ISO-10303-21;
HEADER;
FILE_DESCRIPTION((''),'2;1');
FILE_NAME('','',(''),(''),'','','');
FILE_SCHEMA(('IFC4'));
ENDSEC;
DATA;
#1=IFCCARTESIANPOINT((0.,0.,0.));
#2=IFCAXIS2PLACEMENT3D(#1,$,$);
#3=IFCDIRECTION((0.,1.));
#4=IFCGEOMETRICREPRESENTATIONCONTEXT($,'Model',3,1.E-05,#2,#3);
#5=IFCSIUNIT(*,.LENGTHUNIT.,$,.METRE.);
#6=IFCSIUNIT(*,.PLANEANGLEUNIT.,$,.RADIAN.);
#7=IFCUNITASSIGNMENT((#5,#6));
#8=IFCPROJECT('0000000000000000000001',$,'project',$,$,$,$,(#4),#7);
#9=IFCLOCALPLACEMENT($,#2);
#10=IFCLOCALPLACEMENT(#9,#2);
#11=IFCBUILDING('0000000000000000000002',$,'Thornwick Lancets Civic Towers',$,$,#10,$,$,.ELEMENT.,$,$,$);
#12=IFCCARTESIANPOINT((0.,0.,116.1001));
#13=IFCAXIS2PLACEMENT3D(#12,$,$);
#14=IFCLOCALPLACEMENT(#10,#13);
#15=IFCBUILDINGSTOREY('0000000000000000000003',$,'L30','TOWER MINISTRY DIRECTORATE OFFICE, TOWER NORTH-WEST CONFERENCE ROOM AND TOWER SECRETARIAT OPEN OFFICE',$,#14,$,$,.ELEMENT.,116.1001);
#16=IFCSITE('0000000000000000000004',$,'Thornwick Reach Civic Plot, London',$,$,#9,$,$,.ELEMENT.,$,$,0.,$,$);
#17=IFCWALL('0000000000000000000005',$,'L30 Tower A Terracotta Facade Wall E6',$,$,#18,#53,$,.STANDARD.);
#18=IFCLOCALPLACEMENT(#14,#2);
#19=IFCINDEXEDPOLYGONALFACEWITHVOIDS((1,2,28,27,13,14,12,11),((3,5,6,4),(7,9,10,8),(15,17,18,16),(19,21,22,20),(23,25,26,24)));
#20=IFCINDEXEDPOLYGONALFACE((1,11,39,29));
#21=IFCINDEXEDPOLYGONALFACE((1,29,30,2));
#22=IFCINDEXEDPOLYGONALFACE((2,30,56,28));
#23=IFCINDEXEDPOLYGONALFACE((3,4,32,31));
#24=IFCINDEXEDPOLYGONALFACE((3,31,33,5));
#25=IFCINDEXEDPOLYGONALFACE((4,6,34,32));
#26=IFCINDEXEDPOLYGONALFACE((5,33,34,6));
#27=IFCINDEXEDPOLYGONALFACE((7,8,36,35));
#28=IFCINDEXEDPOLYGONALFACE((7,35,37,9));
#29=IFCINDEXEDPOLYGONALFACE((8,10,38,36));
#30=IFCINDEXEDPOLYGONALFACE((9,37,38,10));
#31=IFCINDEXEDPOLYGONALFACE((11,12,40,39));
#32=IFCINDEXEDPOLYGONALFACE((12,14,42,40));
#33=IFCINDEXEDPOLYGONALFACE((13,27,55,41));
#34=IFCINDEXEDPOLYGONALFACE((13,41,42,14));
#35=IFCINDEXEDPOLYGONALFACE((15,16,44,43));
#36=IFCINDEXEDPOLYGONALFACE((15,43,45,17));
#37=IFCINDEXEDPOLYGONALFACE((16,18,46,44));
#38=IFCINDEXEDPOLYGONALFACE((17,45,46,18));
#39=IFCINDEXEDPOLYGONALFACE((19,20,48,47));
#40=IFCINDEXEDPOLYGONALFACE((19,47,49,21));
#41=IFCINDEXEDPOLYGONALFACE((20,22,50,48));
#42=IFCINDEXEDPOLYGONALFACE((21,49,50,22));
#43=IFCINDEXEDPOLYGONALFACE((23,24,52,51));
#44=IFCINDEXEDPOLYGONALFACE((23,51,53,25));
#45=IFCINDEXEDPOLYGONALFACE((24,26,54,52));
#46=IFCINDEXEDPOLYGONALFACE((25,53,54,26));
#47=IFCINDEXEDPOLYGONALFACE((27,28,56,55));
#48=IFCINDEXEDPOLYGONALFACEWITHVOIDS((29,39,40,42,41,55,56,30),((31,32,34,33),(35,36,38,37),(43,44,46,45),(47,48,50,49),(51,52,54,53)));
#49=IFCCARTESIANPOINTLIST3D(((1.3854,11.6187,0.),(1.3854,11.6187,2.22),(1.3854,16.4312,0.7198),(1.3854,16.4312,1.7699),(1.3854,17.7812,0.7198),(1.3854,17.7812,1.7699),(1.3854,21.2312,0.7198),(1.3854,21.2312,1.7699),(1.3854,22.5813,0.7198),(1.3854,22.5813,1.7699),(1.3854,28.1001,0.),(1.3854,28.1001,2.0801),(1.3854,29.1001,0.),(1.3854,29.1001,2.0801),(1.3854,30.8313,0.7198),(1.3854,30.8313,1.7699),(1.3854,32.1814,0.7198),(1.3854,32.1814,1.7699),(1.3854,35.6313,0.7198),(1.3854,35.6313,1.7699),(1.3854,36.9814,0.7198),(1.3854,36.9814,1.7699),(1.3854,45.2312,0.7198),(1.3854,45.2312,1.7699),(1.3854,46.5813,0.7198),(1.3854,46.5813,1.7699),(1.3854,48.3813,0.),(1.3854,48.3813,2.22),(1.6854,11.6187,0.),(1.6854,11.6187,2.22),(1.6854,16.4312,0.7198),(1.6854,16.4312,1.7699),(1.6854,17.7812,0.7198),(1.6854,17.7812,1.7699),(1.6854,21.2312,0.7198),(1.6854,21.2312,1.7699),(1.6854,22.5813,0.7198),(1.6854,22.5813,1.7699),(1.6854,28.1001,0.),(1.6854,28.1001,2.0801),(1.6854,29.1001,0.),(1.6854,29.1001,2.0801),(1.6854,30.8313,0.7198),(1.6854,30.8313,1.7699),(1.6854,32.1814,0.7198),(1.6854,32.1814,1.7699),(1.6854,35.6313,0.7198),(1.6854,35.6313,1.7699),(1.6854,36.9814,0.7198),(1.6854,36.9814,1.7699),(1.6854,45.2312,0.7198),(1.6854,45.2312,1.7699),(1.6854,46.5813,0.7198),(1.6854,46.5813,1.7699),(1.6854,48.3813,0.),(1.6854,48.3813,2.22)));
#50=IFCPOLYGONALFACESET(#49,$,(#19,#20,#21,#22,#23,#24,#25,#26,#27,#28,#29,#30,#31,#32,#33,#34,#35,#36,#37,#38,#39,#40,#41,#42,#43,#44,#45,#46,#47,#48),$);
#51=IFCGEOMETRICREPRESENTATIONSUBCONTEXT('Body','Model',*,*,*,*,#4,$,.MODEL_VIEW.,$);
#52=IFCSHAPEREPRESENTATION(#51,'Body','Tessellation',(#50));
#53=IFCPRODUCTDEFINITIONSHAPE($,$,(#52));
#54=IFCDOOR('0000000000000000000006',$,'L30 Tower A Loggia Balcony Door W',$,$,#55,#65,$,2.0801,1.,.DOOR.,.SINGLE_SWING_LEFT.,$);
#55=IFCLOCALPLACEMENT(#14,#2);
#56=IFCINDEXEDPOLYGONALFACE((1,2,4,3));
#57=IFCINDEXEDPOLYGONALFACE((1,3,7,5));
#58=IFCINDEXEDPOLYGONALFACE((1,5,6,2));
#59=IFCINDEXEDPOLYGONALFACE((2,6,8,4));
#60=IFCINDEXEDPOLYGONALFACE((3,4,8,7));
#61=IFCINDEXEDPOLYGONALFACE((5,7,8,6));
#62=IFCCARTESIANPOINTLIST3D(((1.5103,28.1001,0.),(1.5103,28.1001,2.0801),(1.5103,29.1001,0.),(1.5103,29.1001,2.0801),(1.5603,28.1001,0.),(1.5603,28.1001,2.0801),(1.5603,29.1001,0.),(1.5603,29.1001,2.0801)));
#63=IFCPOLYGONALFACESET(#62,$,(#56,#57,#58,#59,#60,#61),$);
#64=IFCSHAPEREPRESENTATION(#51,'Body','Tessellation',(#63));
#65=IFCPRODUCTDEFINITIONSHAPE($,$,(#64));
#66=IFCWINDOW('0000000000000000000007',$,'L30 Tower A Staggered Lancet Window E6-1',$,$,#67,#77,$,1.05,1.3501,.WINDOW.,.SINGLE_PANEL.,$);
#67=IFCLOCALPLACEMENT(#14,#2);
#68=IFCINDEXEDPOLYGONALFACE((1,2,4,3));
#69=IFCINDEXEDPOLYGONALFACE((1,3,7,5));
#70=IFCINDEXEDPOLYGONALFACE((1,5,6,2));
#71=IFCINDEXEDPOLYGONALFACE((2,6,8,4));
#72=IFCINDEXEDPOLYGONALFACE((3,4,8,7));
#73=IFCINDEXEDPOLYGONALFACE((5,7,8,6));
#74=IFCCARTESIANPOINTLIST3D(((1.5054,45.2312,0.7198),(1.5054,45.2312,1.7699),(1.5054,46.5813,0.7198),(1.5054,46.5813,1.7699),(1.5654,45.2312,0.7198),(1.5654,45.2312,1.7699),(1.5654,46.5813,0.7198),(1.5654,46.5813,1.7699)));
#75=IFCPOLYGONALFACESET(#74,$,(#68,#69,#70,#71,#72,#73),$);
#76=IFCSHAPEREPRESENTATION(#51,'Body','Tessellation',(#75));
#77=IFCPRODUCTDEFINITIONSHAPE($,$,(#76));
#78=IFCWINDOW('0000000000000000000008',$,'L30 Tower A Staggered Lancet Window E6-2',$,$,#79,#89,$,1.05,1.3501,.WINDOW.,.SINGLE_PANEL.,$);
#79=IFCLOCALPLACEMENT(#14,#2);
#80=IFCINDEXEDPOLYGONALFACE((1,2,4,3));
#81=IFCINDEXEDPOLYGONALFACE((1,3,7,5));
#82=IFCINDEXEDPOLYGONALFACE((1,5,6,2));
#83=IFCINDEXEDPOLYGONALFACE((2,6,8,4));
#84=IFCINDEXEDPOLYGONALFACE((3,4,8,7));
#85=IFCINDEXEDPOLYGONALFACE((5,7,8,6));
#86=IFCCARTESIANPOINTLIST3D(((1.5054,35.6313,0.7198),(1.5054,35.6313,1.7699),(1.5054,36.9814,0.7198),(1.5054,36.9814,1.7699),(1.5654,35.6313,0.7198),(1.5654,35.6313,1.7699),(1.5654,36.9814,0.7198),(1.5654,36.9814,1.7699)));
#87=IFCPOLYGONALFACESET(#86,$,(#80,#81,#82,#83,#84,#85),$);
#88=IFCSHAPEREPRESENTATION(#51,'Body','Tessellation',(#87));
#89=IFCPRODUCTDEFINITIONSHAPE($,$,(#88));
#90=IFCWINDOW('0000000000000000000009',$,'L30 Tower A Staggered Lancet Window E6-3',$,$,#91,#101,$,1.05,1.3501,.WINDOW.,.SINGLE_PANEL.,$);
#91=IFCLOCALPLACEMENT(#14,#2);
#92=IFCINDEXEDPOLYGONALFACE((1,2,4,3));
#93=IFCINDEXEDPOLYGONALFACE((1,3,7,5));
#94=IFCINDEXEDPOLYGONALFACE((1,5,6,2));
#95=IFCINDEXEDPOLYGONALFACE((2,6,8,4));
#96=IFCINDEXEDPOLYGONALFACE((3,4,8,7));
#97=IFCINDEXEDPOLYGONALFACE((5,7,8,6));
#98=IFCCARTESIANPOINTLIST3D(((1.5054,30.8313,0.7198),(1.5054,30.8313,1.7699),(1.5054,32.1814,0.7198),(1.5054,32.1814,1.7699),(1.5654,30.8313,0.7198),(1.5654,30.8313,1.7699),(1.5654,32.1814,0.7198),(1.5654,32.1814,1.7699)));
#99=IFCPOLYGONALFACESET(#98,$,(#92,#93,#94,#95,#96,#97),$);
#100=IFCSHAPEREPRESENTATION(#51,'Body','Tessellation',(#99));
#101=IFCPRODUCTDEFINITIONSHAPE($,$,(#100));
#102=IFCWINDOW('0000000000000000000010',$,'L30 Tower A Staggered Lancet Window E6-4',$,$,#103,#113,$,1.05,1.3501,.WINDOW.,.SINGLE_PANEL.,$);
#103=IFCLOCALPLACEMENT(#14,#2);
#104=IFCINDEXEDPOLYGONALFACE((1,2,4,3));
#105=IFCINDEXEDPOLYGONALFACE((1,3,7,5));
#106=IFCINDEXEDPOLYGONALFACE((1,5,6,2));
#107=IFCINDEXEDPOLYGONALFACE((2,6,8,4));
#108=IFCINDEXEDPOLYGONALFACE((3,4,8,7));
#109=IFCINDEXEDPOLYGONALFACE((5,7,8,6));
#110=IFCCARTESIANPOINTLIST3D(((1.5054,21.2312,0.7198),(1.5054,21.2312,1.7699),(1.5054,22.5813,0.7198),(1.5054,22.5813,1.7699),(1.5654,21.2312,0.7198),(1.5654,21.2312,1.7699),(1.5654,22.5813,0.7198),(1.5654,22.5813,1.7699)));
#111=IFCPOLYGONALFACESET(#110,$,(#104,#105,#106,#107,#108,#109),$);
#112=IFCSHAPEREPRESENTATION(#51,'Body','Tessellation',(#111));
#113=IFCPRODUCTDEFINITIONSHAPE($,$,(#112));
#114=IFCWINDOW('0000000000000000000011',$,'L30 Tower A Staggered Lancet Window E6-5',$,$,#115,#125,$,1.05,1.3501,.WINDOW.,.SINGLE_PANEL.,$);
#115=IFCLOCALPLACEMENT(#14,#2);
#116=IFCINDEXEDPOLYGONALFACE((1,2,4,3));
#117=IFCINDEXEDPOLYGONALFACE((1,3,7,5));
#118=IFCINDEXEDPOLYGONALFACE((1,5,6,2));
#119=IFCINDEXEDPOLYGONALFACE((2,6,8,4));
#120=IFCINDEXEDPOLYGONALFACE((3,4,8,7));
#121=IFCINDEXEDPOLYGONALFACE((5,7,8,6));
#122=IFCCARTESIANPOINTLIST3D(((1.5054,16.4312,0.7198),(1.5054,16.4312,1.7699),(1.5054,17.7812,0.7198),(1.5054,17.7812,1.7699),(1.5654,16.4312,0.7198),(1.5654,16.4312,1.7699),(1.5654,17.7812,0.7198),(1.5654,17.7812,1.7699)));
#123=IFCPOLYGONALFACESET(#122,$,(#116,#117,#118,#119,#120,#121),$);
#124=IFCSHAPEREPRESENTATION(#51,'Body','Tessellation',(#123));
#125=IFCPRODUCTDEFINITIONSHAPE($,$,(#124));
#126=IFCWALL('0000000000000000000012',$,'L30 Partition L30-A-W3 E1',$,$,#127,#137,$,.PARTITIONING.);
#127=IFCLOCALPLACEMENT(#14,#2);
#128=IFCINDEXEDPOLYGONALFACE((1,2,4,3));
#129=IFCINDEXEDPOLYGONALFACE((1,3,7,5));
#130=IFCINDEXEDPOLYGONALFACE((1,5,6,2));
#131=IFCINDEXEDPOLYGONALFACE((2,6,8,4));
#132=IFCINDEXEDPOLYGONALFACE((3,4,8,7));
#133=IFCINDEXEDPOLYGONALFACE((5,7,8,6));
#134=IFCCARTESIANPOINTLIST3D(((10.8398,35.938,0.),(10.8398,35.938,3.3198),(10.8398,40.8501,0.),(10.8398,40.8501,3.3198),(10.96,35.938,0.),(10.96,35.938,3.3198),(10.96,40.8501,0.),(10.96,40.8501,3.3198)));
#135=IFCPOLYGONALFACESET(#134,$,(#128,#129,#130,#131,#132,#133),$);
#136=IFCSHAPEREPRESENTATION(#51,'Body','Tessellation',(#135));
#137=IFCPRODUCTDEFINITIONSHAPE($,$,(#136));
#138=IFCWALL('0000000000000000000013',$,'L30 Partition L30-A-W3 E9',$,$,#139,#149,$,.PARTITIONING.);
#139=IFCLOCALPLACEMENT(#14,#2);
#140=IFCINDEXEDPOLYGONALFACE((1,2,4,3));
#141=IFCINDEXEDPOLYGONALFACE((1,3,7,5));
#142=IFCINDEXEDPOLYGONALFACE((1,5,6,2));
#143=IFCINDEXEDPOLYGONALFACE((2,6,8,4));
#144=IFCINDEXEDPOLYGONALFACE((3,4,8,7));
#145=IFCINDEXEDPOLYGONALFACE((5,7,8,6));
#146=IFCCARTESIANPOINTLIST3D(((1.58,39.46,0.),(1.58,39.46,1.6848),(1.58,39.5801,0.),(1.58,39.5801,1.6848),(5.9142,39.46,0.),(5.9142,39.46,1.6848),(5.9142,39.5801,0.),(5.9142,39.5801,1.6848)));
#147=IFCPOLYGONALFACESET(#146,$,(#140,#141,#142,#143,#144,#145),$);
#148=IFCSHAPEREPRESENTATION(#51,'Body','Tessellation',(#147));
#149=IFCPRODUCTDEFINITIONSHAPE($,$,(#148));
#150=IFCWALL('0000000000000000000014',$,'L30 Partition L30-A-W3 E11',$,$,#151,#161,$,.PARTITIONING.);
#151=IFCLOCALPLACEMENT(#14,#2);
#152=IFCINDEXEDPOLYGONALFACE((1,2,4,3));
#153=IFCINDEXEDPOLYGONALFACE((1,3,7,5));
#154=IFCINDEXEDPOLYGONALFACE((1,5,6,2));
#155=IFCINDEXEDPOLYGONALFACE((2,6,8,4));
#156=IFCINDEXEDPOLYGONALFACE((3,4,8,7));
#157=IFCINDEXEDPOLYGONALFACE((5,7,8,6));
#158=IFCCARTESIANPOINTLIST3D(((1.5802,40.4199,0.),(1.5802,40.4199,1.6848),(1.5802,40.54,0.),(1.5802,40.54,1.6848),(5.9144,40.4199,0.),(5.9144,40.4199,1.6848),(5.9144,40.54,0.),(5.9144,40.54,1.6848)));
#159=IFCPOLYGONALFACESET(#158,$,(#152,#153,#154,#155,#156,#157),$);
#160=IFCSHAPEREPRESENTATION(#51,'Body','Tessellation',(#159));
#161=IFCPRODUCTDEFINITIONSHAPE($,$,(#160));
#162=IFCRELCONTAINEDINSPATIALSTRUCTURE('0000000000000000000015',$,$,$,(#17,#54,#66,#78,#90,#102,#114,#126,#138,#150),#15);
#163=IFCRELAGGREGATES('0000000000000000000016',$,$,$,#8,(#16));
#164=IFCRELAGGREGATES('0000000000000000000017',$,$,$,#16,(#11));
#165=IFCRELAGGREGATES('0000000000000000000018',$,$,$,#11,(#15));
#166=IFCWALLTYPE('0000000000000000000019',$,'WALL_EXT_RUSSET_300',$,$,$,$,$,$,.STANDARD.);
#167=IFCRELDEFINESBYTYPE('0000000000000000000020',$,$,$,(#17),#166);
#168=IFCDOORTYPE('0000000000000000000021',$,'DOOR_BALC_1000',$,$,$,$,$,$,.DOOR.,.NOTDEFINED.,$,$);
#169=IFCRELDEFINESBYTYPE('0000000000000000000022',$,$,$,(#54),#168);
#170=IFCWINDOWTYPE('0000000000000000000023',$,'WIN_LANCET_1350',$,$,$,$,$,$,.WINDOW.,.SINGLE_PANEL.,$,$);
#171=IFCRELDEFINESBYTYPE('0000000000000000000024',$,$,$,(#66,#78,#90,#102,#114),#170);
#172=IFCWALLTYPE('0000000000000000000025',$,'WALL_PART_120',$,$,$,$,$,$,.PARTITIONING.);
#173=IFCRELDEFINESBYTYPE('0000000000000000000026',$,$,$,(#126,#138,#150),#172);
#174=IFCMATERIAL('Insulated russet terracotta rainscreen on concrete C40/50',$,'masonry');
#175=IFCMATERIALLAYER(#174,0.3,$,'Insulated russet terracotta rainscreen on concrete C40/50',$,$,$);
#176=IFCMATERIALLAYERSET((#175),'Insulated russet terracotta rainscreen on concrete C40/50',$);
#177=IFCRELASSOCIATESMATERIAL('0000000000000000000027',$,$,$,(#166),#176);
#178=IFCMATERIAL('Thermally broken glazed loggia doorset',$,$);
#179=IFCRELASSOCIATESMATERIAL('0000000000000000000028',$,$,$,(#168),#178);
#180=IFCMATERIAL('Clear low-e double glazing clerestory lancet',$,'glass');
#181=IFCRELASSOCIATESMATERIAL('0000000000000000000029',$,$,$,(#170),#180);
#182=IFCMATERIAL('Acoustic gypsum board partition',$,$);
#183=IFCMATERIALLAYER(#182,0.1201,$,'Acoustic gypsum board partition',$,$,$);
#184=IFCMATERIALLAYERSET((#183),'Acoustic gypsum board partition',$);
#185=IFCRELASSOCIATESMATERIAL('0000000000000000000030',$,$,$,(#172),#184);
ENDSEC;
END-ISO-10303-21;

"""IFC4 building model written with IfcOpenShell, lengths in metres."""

from ifc_helpers import new_model, si_unit, direction, frame, frame_2d, origin, place, context, subcontext, project, spatial, rectangle, extrude, material, layer, layer_set, type_object, element, fill, save


model = new_model("IFC4")

# Units and contexts
model_context = context("Model", 3, precision=1e-05, world=origin(), true_north=direction((0.0, 1.0)))
body_context = subcontext(model_context, "Body", "Model", "MODEL_VIEW")
ifc_project = project(units=[si_unit("LENGTHUNIT", "METRE"), si_unit("PLANEANGLEUNIT", "RADIAN")], contexts=[model_context])

# Site, building, storey
site_placement = place(None, origin())
site = spatial("IfcSite", under=ifc_project, at=site_placement, Name="Thornwick Reach Civic Plot, London", CompositionType="ELEMENT", RefElevation=0.0)
building_placement = place(site_placement, origin())
building = spatial("IfcBuilding", under=site, at=building_placement, Name="Thornwick Lancets Civic Towers", CompositionType="ELEMENT")
storey_placement = place(building_placement, frame((0.0, 0.0, 116.1001)))
storey = spatial("IfcBuildingStorey", under=building, at=storey_placement, Name="L30", Description="TOWER MINISTRY DIRECTORATE OFFICE, TOWER NORTH-WEST CONFERENCE ROOM AND TOWER SECRETARIAT OPEN OFFICE", CompositionType="ELEMENT", Elevation=116.1001)

# Wall, openings, door, windows
ifc_material_1 = material(Name="Insulated russet terracotta rainscreen on concrete C40/50", Category="masonry")
ifc_layer_1 = layer(ifc_material_1, 0.3, Name="Insulated russet terracotta rainscreen on concrete C40/50")
ifc_layer_set_1 = layer_set([ifc_layer_1], Name="Insulated russet terracotta rainscreen on concrete C40/50")
wall_type_1 = type_object("IfcWallType", Name="WALL_EXT_RUSSET_300", PredefinedType="STANDARD", material=ifc_layer_set_1)
wall_1_placement = place(storey_placement, frame((1.5354, 48.3813, 0.0), z_axis=(0.0, 0.0, 1.0), x_axis=(0.0, -1.0, 0.0)))
wall_1 = element("IfcWall", 1, at=wall_1_placement, inside=storey, type_object=wall_type_1, Name="L30 Tower A Terracotta Facade Wall E6", PredefinedType="STANDARD", context=body_context, shape_type="SweptSolid", body=[
    extrude(rectangle(XDim=36.7627, YDim=0.3, at=frame_2d((18.3813, 0.0))), origin(), (0.0, 0.0, 1.0), 2.22),
])
opening_1_placement = place(wall_1_placement, frame((19.2812, 0.0, 0.0)))
opening_1 = element("IfcOpeningElement", 2, at=opening_1_placement, cuts=wall_1, PredefinedType="OPENING", context=body_context, shape_type="SweptSolid", body=[
    extrude(rectangle(XDim=1.0, YDim=2.0801, at=frame_2d((0.5, 1.04))), frame((0.0, 0.1602, 0.0), z_axis=(0.0, -1.0, 0.0), x_axis=(1.0, 0.0, 0.0)), (0.0, 0.0, 1.0), 0.3201),
])
opening_2_placement = place(wall_1_placement, frame((1.8, 0.0, 0.72)))
opening_2 = element("IfcOpeningElement", 3, at=opening_2_placement, cuts=wall_1, PredefinedType="OPENING", context=body_context, shape_type="SweptSolid", body=[
    extrude(rectangle(XDim=1.3501, YDim=1.05, at=frame_2d((0.675, 0.5249))), frame((0.0, 0.1602, 0.0), z_axis=(0.0, -1.0, 0.0), x_axis=(1.0, 0.0, 0.0)), (0.0, 0.0, 1.0), 0.3201),
])
opening_3_placement = place(wall_1_placement, frame((11.3999, 0.0, 0.72)))
opening_3 = element("IfcOpeningElement", 4, at=opening_3_placement, cuts=wall_1, PredefinedType="OPENING", context=body_context, shape_type="SweptSolid", body=[
    extrude(rectangle(XDim=1.3501, YDim=1.05, at=frame_2d((0.675, 0.5249))), frame((0.0, 0.1602, 0.0), z_axis=(0.0, -1.0, 0.0), x_axis=(1.0, 0.0, 0.0)), (0.0, 0.0, 1.0), 0.3201),
])
opening_4_placement = place(wall_1_placement, frame((16.2, 0.0, 0.72)))
opening_4 = element("IfcOpeningElement", 5, at=opening_4_placement, cuts=wall_1, PredefinedType="OPENING", context=body_context, shape_type="SweptSolid", body=[
    extrude(rectangle(XDim=1.3501, YDim=1.05, at=frame_2d((0.675, 0.5249))), frame((0.0, 0.1602, 0.0), z_axis=(0.0, -1.0, 0.0), x_axis=(1.0, 0.0, 0.0)), (0.0, 0.0, 1.0), 0.3201),
])
opening_5_placement = place(wall_1_placement, frame((25.8, 0.0, 0.72)))
opening_5 = element("IfcOpeningElement", 6, at=opening_5_placement, cuts=wall_1, PredefinedType="OPENING", context=body_context, shape_type="SweptSolid", body=[
    extrude(rectangle(XDim=1.3501, YDim=1.05, at=frame_2d((0.675, 0.5249))), frame((0.0, 0.1602, 0.0), z_axis=(0.0, -1.0, 0.0), x_axis=(1.0, 0.0, 0.0)), (0.0, 0.0, 1.0), 0.3201),
])
opening_6_placement = place(wall_1_placement, frame((30.6001, 0.0, 0.72)))
opening_6 = element("IfcOpeningElement", 7, at=opening_6_placement, cuts=wall_1, PredefinedType="OPENING", context=body_context, shape_type="SweptSolid", body=[
    extrude(rectangle(XDim=1.3501, YDim=1.05, at=frame_2d((0.675, 0.5249))), frame((0.0, 0.1602, 0.0), z_axis=(0.0, -1.0, 0.0), x_axis=(1.0, 0.0, 0.0)), (0.0, 0.0, 1.0), 0.3201),
])
ifc_material_2 = material(Name="Thermally broken glazed loggia doorset")
door_type = type_object("IfcDoorType", Name="DOOR_BALC_1000", OperationType="NOTDEFINED", PredefinedType="DOOR", material=ifc_material_2)
door_placement = place(opening_1_placement, origin())
door = element("IfcDoor", 8, at=door_placement, inside=storey, type_object=door_type, Name="L30 Tower A Loggia Balcony Door W", OperationType="SINGLE_SWING_LEFT", OverallHeight=2.0801, OverallWidth=1.0, PredefinedType="DOOR", context=body_context, shape_type="SweptSolid", body=[
    extrude(rectangle(XDim=1.0, YDim=2.0801, at=frame_2d((0.5, 1.04))), frame((0.0, 0.0249, 0.0), z_axis=(0.0, -1.0, 0.0), x_axis=(1.0, 0.0, 0.0)), (0.0, 0.0, 1.0), 0.05),
])
fill(opening_1, door)
ifc_material_3 = material(Name="Clear low-e double glazing clerestory lancet", Category="glass")
window_type = type_object("IfcWindowType", Name="WIN_LANCET_1350", PartitioningType="SINGLE_PANEL", PredefinedType="WINDOW", material=ifc_material_3)
window_1_placement = place(opening_2_placement, origin())
window_1 = element("IfcWindow", 9, at=window_1_placement, inside=storey, type_object=window_type, Name="L30 Tower A Staggered Lancet Window E6-1", OverallHeight=1.05, OverallWidth=1.3501, PartitioningType="SINGLE_PANEL", PredefinedType="WINDOW", context=body_context, shape_type="SweptSolid", body=[
    extrude(rectangle(XDim=1.3501, YDim=1.05, at=frame_2d((0.675, 0.5249))), frame((0.0, 0.03, 0.0), z_axis=(0.0, -1.0, 0.0), x_axis=(1.0, 0.0, 0.0)), (0.0, 0.0, 1.0), 0.0601),
])
fill(opening_2, window_1)
window_2_placement = place(opening_3_placement, origin())
window_2 = element("IfcWindow", 10, at=window_2_placement, inside=storey, type_object=window_type, Name="L30 Tower A Staggered Lancet Window E6-2", OverallHeight=1.05, OverallWidth=1.3501, PartitioningType="SINGLE_PANEL", PredefinedType="WINDOW", context=body_context, shape_type="SweptSolid", body=[
    extrude(rectangle(XDim=1.3501, YDim=1.05, at=frame_2d((0.675, 0.5249))), frame((0.0, 0.03, 0.0), z_axis=(0.0, -1.0, 0.0), x_axis=(1.0, 0.0, 0.0)), (0.0, 0.0, 1.0), 0.0601),
])
fill(opening_3, window_2)
window_3_placement = place(opening_4_placement, origin())
window_3 = element("IfcWindow", 11, at=window_3_placement, inside=storey, type_object=window_type, Name="L30 Tower A Staggered Lancet Window E6-3", OverallHeight=1.05, OverallWidth=1.3501, PartitioningType="SINGLE_PANEL", PredefinedType="WINDOW", context=body_context, shape_type="SweptSolid", body=[
    extrude(rectangle(XDim=1.3501, YDim=1.05, at=frame_2d((0.675, 0.5249))), frame((0.0, 0.03, 0.0), z_axis=(0.0, -1.0, 0.0), x_axis=(1.0, 0.0, 0.0)), (0.0, 0.0, 1.0), 0.0601),
])
fill(opening_4, window_3)
window_4_placement = place(opening_5_placement, origin())
window_4 = element("IfcWindow", 12, at=window_4_placement, inside=storey, type_object=window_type, Name="L30 Tower A Staggered Lancet Window E6-4", OverallHeight=1.05, OverallWidth=1.3501, PartitioningType="SINGLE_PANEL", PredefinedType="WINDOW", context=body_context, shape_type="SweptSolid", body=[
    extrude(rectangle(XDim=1.3501, YDim=1.05, at=frame_2d((0.675, 0.5249))), frame((0.0, 0.03, 0.0), z_axis=(0.0, -1.0, 0.0), x_axis=(1.0, 0.0, 0.0)), (0.0, 0.0, 1.0), 0.0601),
])
fill(opening_5, window_4)
window_5_placement = place(opening_6_placement, origin())
window_5 = element("IfcWindow", 13, at=window_5_placement, inside=storey, type_object=window_type, Name="L30 Tower A Staggered Lancet Window E6-5", OverallHeight=1.05, OverallWidth=1.3501, PartitioningType="SINGLE_PANEL", PredefinedType="WINDOW", context=body_context, shape_type="SweptSolid", body=[
    extrude(rectangle(XDim=1.3501, YDim=1.05, at=frame_2d((0.675, 0.5249))), frame((0.0, 0.03, 0.0), z_axis=(0.0, -1.0, 0.0), x_axis=(1.0, 0.0, 0.0)), (0.0, 0.0, 1.0), 0.0601),
])
fill(opening_6, window_5)

# Walls
ifc_material_4 = material(Name="Acoustic gypsum board partition")
ifc_layer_2 = layer(ifc_material_4, 0.1201, Name="Acoustic gypsum board partition")
ifc_layer_set_2 = layer_set([ifc_layer_2], Name="Acoustic gypsum board partition")
wall_type_2 = type_object("IfcWallType", Name="WALL_PART_120", PredefinedType="PARTITIONING", material=ifc_layer_set_2)
wall_2_placement = place(storey_placement, frame((10.8999, 40.8501, 0.0), z_axis=(0.0, 0.0, 1.0), x_axis=(0.0, -1.0, 0.0)))
element("IfcWall", 14, at=wall_2_placement, inside=storey, type_object=wall_type_2, Name="L30 Partition L30-A-W3 E1", PredefinedType="PARTITIONING", context=body_context, shape_type="SweptSolid", body=[
    extrude(rectangle(XDim=4.9121, YDim=0.1201, at=frame_2d((2.4561, 0.0))), origin(), (0.0, 0.0, 1.0), 3.3198),
])
for number, where, z_axis, x_axis, name in (
    (15, (1.5801, 39.52, 0.0), (0.0, 0.0, 1.0), (1.0, 0.0, 0.0), "L30 Partition L30-A-W3 E9"),
    (16, (5.9143, 40.48, 0.0), (0.0, 0.0, 1.0), (-1.0, 0.0, 0.0), "L30 Partition L30-A-W3 E11"),
):
    element("IfcWall", number, at=place(storey_placement, frame(where, z_axis=z_axis, x_axis=x_axis)), inside=storey, type_object=wall_type_2, Name=name, PredefinedType="PARTITIONING", context=body_context, shape_type="SweptSolid", body=[
        extrude(rectangle(XDim=4.3342, YDim=0.1201, at=frame_2d((2.167, 0.0))), origin(), (0.0, 0.0, 1.0), 1.6848),
    ])

save(model, "model.ifc")
